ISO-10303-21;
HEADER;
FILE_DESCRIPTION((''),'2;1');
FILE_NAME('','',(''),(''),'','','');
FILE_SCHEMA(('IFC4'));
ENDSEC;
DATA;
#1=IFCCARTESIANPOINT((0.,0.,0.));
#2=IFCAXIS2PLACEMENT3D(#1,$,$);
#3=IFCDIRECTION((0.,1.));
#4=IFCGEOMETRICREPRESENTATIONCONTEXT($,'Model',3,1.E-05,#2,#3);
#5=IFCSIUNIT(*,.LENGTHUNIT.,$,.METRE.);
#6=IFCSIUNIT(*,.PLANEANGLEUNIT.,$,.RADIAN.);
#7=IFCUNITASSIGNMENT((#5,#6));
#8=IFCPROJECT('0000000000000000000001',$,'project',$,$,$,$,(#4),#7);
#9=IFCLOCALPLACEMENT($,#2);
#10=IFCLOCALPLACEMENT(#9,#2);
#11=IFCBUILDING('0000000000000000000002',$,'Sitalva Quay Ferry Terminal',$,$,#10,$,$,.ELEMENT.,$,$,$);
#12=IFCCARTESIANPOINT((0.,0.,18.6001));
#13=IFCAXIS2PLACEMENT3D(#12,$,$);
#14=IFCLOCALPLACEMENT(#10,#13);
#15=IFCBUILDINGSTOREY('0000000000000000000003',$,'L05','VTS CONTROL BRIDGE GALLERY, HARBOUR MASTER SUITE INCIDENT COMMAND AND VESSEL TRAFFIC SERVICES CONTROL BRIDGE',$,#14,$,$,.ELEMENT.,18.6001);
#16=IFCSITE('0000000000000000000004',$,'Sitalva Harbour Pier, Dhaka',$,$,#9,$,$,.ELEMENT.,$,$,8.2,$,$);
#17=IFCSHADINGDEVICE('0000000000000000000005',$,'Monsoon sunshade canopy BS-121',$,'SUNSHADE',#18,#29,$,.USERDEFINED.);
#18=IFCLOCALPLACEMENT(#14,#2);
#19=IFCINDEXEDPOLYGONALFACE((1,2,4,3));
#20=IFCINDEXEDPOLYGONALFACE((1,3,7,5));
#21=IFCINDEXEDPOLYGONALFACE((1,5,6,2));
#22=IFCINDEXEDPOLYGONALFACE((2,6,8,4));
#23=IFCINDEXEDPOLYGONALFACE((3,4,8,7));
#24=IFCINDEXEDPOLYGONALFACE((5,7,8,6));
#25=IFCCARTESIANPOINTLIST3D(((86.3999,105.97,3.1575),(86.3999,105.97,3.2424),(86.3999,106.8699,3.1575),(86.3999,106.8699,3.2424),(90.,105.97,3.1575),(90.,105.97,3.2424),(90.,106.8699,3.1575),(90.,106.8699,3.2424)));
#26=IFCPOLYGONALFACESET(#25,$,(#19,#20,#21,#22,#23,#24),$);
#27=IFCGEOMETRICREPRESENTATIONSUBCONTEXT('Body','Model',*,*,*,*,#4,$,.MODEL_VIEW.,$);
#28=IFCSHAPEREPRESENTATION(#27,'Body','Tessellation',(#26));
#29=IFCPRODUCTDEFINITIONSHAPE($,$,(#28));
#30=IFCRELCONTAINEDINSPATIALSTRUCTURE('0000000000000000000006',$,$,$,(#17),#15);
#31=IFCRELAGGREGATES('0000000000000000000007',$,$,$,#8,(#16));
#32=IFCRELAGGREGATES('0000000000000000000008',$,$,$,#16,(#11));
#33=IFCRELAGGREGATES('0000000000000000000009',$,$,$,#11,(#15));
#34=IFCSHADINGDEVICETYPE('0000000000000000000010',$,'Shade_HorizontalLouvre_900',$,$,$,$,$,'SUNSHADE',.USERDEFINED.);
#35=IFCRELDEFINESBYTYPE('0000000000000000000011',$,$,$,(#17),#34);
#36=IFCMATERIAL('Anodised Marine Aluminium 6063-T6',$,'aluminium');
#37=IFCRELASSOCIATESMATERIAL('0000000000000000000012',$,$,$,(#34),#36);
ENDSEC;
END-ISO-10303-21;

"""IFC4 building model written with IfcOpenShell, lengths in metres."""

from ifc_helpers import new_model, si_unit, direction, frame, origin, origin_2d, place, context, subcontext, project, spatial, rectangle, extrude, material, type_object, element, save


model = new_model("IFC4")

# Units and contexts
model_context = context("Model", 3, precision=1e-05, world=origin(), true_north=direction((0.0, 1.0)))
body_context = subcontext(model_context, "Body", "Model", "MODEL_VIEW")
ifc_project = project(units=[si_unit("LENGTHUNIT", "METRE"), si_unit("PLANEANGLEUNIT", "RADIAN")], contexts=[model_context])

# Site, building, storey
site_placement = place(None, origin())
site = spatial("IfcSite", under=ifc_project, at=site_placement, Name="Sitalva Harbour Pier, Dhaka", CompositionType="ELEMENT", RefElevation=8.2)
building_placement = place(site_placement, origin())
building = spatial("IfcBuilding", under=site, at=building_placement, Name="Sitalva Quay Ferry Terminal", CompositionType="ELEMENT")
storey_placement = place(building_placement, frame((0.0, 0.0, 18.6001)))
storey = spatial("IfcBuildingStorey", under=building, at=storey_placement, Name="L05", Description="VTS CONTROL BRIDGE GALLERY, HARBOUR MASTER SUITE INCIDENT COMMAND AND VESSEL TRAFFIC SERVICES CONTROL BRIDGE", CompositionType="ELEMENT", Elevation=18.6001)

# Shading device
ifc_material_1 = material(Name="Anodised Marine Aluminium 6063-T6", Category="aluminium")
shading_device_type = type_object("IfcShadingDeviceType", Name="Shade_HorizontalLouvre_900", ElementType="SUNSHADE", PredefinedType="USERDEFINED", material=ifc_material_1)
shading_device_placement = place(storey_placement, frame((88.2, 106.4199, 3.1575), z_axis=(0.0, 0.0, 1.0), x_axis=(1.0, 0.0, 0.0)))
element("IfcShadingDevice", 1, at=shading_device_placement, inside=storey, type_object=shading_device_type, Name="Monsoon sunshade canopy BS-121", ObjectType="SUNSHADE", PredefinedType="USERDEFINED", context=body_context, shape_type="SweptSolid", body=[
    extrude(rectangle(XDim=3.6001, YDim=0.8999, at=origin_2d()), origin(), (0.0, 0.0, 1.0), 0.085),
])

save(model, "model.ifc")
